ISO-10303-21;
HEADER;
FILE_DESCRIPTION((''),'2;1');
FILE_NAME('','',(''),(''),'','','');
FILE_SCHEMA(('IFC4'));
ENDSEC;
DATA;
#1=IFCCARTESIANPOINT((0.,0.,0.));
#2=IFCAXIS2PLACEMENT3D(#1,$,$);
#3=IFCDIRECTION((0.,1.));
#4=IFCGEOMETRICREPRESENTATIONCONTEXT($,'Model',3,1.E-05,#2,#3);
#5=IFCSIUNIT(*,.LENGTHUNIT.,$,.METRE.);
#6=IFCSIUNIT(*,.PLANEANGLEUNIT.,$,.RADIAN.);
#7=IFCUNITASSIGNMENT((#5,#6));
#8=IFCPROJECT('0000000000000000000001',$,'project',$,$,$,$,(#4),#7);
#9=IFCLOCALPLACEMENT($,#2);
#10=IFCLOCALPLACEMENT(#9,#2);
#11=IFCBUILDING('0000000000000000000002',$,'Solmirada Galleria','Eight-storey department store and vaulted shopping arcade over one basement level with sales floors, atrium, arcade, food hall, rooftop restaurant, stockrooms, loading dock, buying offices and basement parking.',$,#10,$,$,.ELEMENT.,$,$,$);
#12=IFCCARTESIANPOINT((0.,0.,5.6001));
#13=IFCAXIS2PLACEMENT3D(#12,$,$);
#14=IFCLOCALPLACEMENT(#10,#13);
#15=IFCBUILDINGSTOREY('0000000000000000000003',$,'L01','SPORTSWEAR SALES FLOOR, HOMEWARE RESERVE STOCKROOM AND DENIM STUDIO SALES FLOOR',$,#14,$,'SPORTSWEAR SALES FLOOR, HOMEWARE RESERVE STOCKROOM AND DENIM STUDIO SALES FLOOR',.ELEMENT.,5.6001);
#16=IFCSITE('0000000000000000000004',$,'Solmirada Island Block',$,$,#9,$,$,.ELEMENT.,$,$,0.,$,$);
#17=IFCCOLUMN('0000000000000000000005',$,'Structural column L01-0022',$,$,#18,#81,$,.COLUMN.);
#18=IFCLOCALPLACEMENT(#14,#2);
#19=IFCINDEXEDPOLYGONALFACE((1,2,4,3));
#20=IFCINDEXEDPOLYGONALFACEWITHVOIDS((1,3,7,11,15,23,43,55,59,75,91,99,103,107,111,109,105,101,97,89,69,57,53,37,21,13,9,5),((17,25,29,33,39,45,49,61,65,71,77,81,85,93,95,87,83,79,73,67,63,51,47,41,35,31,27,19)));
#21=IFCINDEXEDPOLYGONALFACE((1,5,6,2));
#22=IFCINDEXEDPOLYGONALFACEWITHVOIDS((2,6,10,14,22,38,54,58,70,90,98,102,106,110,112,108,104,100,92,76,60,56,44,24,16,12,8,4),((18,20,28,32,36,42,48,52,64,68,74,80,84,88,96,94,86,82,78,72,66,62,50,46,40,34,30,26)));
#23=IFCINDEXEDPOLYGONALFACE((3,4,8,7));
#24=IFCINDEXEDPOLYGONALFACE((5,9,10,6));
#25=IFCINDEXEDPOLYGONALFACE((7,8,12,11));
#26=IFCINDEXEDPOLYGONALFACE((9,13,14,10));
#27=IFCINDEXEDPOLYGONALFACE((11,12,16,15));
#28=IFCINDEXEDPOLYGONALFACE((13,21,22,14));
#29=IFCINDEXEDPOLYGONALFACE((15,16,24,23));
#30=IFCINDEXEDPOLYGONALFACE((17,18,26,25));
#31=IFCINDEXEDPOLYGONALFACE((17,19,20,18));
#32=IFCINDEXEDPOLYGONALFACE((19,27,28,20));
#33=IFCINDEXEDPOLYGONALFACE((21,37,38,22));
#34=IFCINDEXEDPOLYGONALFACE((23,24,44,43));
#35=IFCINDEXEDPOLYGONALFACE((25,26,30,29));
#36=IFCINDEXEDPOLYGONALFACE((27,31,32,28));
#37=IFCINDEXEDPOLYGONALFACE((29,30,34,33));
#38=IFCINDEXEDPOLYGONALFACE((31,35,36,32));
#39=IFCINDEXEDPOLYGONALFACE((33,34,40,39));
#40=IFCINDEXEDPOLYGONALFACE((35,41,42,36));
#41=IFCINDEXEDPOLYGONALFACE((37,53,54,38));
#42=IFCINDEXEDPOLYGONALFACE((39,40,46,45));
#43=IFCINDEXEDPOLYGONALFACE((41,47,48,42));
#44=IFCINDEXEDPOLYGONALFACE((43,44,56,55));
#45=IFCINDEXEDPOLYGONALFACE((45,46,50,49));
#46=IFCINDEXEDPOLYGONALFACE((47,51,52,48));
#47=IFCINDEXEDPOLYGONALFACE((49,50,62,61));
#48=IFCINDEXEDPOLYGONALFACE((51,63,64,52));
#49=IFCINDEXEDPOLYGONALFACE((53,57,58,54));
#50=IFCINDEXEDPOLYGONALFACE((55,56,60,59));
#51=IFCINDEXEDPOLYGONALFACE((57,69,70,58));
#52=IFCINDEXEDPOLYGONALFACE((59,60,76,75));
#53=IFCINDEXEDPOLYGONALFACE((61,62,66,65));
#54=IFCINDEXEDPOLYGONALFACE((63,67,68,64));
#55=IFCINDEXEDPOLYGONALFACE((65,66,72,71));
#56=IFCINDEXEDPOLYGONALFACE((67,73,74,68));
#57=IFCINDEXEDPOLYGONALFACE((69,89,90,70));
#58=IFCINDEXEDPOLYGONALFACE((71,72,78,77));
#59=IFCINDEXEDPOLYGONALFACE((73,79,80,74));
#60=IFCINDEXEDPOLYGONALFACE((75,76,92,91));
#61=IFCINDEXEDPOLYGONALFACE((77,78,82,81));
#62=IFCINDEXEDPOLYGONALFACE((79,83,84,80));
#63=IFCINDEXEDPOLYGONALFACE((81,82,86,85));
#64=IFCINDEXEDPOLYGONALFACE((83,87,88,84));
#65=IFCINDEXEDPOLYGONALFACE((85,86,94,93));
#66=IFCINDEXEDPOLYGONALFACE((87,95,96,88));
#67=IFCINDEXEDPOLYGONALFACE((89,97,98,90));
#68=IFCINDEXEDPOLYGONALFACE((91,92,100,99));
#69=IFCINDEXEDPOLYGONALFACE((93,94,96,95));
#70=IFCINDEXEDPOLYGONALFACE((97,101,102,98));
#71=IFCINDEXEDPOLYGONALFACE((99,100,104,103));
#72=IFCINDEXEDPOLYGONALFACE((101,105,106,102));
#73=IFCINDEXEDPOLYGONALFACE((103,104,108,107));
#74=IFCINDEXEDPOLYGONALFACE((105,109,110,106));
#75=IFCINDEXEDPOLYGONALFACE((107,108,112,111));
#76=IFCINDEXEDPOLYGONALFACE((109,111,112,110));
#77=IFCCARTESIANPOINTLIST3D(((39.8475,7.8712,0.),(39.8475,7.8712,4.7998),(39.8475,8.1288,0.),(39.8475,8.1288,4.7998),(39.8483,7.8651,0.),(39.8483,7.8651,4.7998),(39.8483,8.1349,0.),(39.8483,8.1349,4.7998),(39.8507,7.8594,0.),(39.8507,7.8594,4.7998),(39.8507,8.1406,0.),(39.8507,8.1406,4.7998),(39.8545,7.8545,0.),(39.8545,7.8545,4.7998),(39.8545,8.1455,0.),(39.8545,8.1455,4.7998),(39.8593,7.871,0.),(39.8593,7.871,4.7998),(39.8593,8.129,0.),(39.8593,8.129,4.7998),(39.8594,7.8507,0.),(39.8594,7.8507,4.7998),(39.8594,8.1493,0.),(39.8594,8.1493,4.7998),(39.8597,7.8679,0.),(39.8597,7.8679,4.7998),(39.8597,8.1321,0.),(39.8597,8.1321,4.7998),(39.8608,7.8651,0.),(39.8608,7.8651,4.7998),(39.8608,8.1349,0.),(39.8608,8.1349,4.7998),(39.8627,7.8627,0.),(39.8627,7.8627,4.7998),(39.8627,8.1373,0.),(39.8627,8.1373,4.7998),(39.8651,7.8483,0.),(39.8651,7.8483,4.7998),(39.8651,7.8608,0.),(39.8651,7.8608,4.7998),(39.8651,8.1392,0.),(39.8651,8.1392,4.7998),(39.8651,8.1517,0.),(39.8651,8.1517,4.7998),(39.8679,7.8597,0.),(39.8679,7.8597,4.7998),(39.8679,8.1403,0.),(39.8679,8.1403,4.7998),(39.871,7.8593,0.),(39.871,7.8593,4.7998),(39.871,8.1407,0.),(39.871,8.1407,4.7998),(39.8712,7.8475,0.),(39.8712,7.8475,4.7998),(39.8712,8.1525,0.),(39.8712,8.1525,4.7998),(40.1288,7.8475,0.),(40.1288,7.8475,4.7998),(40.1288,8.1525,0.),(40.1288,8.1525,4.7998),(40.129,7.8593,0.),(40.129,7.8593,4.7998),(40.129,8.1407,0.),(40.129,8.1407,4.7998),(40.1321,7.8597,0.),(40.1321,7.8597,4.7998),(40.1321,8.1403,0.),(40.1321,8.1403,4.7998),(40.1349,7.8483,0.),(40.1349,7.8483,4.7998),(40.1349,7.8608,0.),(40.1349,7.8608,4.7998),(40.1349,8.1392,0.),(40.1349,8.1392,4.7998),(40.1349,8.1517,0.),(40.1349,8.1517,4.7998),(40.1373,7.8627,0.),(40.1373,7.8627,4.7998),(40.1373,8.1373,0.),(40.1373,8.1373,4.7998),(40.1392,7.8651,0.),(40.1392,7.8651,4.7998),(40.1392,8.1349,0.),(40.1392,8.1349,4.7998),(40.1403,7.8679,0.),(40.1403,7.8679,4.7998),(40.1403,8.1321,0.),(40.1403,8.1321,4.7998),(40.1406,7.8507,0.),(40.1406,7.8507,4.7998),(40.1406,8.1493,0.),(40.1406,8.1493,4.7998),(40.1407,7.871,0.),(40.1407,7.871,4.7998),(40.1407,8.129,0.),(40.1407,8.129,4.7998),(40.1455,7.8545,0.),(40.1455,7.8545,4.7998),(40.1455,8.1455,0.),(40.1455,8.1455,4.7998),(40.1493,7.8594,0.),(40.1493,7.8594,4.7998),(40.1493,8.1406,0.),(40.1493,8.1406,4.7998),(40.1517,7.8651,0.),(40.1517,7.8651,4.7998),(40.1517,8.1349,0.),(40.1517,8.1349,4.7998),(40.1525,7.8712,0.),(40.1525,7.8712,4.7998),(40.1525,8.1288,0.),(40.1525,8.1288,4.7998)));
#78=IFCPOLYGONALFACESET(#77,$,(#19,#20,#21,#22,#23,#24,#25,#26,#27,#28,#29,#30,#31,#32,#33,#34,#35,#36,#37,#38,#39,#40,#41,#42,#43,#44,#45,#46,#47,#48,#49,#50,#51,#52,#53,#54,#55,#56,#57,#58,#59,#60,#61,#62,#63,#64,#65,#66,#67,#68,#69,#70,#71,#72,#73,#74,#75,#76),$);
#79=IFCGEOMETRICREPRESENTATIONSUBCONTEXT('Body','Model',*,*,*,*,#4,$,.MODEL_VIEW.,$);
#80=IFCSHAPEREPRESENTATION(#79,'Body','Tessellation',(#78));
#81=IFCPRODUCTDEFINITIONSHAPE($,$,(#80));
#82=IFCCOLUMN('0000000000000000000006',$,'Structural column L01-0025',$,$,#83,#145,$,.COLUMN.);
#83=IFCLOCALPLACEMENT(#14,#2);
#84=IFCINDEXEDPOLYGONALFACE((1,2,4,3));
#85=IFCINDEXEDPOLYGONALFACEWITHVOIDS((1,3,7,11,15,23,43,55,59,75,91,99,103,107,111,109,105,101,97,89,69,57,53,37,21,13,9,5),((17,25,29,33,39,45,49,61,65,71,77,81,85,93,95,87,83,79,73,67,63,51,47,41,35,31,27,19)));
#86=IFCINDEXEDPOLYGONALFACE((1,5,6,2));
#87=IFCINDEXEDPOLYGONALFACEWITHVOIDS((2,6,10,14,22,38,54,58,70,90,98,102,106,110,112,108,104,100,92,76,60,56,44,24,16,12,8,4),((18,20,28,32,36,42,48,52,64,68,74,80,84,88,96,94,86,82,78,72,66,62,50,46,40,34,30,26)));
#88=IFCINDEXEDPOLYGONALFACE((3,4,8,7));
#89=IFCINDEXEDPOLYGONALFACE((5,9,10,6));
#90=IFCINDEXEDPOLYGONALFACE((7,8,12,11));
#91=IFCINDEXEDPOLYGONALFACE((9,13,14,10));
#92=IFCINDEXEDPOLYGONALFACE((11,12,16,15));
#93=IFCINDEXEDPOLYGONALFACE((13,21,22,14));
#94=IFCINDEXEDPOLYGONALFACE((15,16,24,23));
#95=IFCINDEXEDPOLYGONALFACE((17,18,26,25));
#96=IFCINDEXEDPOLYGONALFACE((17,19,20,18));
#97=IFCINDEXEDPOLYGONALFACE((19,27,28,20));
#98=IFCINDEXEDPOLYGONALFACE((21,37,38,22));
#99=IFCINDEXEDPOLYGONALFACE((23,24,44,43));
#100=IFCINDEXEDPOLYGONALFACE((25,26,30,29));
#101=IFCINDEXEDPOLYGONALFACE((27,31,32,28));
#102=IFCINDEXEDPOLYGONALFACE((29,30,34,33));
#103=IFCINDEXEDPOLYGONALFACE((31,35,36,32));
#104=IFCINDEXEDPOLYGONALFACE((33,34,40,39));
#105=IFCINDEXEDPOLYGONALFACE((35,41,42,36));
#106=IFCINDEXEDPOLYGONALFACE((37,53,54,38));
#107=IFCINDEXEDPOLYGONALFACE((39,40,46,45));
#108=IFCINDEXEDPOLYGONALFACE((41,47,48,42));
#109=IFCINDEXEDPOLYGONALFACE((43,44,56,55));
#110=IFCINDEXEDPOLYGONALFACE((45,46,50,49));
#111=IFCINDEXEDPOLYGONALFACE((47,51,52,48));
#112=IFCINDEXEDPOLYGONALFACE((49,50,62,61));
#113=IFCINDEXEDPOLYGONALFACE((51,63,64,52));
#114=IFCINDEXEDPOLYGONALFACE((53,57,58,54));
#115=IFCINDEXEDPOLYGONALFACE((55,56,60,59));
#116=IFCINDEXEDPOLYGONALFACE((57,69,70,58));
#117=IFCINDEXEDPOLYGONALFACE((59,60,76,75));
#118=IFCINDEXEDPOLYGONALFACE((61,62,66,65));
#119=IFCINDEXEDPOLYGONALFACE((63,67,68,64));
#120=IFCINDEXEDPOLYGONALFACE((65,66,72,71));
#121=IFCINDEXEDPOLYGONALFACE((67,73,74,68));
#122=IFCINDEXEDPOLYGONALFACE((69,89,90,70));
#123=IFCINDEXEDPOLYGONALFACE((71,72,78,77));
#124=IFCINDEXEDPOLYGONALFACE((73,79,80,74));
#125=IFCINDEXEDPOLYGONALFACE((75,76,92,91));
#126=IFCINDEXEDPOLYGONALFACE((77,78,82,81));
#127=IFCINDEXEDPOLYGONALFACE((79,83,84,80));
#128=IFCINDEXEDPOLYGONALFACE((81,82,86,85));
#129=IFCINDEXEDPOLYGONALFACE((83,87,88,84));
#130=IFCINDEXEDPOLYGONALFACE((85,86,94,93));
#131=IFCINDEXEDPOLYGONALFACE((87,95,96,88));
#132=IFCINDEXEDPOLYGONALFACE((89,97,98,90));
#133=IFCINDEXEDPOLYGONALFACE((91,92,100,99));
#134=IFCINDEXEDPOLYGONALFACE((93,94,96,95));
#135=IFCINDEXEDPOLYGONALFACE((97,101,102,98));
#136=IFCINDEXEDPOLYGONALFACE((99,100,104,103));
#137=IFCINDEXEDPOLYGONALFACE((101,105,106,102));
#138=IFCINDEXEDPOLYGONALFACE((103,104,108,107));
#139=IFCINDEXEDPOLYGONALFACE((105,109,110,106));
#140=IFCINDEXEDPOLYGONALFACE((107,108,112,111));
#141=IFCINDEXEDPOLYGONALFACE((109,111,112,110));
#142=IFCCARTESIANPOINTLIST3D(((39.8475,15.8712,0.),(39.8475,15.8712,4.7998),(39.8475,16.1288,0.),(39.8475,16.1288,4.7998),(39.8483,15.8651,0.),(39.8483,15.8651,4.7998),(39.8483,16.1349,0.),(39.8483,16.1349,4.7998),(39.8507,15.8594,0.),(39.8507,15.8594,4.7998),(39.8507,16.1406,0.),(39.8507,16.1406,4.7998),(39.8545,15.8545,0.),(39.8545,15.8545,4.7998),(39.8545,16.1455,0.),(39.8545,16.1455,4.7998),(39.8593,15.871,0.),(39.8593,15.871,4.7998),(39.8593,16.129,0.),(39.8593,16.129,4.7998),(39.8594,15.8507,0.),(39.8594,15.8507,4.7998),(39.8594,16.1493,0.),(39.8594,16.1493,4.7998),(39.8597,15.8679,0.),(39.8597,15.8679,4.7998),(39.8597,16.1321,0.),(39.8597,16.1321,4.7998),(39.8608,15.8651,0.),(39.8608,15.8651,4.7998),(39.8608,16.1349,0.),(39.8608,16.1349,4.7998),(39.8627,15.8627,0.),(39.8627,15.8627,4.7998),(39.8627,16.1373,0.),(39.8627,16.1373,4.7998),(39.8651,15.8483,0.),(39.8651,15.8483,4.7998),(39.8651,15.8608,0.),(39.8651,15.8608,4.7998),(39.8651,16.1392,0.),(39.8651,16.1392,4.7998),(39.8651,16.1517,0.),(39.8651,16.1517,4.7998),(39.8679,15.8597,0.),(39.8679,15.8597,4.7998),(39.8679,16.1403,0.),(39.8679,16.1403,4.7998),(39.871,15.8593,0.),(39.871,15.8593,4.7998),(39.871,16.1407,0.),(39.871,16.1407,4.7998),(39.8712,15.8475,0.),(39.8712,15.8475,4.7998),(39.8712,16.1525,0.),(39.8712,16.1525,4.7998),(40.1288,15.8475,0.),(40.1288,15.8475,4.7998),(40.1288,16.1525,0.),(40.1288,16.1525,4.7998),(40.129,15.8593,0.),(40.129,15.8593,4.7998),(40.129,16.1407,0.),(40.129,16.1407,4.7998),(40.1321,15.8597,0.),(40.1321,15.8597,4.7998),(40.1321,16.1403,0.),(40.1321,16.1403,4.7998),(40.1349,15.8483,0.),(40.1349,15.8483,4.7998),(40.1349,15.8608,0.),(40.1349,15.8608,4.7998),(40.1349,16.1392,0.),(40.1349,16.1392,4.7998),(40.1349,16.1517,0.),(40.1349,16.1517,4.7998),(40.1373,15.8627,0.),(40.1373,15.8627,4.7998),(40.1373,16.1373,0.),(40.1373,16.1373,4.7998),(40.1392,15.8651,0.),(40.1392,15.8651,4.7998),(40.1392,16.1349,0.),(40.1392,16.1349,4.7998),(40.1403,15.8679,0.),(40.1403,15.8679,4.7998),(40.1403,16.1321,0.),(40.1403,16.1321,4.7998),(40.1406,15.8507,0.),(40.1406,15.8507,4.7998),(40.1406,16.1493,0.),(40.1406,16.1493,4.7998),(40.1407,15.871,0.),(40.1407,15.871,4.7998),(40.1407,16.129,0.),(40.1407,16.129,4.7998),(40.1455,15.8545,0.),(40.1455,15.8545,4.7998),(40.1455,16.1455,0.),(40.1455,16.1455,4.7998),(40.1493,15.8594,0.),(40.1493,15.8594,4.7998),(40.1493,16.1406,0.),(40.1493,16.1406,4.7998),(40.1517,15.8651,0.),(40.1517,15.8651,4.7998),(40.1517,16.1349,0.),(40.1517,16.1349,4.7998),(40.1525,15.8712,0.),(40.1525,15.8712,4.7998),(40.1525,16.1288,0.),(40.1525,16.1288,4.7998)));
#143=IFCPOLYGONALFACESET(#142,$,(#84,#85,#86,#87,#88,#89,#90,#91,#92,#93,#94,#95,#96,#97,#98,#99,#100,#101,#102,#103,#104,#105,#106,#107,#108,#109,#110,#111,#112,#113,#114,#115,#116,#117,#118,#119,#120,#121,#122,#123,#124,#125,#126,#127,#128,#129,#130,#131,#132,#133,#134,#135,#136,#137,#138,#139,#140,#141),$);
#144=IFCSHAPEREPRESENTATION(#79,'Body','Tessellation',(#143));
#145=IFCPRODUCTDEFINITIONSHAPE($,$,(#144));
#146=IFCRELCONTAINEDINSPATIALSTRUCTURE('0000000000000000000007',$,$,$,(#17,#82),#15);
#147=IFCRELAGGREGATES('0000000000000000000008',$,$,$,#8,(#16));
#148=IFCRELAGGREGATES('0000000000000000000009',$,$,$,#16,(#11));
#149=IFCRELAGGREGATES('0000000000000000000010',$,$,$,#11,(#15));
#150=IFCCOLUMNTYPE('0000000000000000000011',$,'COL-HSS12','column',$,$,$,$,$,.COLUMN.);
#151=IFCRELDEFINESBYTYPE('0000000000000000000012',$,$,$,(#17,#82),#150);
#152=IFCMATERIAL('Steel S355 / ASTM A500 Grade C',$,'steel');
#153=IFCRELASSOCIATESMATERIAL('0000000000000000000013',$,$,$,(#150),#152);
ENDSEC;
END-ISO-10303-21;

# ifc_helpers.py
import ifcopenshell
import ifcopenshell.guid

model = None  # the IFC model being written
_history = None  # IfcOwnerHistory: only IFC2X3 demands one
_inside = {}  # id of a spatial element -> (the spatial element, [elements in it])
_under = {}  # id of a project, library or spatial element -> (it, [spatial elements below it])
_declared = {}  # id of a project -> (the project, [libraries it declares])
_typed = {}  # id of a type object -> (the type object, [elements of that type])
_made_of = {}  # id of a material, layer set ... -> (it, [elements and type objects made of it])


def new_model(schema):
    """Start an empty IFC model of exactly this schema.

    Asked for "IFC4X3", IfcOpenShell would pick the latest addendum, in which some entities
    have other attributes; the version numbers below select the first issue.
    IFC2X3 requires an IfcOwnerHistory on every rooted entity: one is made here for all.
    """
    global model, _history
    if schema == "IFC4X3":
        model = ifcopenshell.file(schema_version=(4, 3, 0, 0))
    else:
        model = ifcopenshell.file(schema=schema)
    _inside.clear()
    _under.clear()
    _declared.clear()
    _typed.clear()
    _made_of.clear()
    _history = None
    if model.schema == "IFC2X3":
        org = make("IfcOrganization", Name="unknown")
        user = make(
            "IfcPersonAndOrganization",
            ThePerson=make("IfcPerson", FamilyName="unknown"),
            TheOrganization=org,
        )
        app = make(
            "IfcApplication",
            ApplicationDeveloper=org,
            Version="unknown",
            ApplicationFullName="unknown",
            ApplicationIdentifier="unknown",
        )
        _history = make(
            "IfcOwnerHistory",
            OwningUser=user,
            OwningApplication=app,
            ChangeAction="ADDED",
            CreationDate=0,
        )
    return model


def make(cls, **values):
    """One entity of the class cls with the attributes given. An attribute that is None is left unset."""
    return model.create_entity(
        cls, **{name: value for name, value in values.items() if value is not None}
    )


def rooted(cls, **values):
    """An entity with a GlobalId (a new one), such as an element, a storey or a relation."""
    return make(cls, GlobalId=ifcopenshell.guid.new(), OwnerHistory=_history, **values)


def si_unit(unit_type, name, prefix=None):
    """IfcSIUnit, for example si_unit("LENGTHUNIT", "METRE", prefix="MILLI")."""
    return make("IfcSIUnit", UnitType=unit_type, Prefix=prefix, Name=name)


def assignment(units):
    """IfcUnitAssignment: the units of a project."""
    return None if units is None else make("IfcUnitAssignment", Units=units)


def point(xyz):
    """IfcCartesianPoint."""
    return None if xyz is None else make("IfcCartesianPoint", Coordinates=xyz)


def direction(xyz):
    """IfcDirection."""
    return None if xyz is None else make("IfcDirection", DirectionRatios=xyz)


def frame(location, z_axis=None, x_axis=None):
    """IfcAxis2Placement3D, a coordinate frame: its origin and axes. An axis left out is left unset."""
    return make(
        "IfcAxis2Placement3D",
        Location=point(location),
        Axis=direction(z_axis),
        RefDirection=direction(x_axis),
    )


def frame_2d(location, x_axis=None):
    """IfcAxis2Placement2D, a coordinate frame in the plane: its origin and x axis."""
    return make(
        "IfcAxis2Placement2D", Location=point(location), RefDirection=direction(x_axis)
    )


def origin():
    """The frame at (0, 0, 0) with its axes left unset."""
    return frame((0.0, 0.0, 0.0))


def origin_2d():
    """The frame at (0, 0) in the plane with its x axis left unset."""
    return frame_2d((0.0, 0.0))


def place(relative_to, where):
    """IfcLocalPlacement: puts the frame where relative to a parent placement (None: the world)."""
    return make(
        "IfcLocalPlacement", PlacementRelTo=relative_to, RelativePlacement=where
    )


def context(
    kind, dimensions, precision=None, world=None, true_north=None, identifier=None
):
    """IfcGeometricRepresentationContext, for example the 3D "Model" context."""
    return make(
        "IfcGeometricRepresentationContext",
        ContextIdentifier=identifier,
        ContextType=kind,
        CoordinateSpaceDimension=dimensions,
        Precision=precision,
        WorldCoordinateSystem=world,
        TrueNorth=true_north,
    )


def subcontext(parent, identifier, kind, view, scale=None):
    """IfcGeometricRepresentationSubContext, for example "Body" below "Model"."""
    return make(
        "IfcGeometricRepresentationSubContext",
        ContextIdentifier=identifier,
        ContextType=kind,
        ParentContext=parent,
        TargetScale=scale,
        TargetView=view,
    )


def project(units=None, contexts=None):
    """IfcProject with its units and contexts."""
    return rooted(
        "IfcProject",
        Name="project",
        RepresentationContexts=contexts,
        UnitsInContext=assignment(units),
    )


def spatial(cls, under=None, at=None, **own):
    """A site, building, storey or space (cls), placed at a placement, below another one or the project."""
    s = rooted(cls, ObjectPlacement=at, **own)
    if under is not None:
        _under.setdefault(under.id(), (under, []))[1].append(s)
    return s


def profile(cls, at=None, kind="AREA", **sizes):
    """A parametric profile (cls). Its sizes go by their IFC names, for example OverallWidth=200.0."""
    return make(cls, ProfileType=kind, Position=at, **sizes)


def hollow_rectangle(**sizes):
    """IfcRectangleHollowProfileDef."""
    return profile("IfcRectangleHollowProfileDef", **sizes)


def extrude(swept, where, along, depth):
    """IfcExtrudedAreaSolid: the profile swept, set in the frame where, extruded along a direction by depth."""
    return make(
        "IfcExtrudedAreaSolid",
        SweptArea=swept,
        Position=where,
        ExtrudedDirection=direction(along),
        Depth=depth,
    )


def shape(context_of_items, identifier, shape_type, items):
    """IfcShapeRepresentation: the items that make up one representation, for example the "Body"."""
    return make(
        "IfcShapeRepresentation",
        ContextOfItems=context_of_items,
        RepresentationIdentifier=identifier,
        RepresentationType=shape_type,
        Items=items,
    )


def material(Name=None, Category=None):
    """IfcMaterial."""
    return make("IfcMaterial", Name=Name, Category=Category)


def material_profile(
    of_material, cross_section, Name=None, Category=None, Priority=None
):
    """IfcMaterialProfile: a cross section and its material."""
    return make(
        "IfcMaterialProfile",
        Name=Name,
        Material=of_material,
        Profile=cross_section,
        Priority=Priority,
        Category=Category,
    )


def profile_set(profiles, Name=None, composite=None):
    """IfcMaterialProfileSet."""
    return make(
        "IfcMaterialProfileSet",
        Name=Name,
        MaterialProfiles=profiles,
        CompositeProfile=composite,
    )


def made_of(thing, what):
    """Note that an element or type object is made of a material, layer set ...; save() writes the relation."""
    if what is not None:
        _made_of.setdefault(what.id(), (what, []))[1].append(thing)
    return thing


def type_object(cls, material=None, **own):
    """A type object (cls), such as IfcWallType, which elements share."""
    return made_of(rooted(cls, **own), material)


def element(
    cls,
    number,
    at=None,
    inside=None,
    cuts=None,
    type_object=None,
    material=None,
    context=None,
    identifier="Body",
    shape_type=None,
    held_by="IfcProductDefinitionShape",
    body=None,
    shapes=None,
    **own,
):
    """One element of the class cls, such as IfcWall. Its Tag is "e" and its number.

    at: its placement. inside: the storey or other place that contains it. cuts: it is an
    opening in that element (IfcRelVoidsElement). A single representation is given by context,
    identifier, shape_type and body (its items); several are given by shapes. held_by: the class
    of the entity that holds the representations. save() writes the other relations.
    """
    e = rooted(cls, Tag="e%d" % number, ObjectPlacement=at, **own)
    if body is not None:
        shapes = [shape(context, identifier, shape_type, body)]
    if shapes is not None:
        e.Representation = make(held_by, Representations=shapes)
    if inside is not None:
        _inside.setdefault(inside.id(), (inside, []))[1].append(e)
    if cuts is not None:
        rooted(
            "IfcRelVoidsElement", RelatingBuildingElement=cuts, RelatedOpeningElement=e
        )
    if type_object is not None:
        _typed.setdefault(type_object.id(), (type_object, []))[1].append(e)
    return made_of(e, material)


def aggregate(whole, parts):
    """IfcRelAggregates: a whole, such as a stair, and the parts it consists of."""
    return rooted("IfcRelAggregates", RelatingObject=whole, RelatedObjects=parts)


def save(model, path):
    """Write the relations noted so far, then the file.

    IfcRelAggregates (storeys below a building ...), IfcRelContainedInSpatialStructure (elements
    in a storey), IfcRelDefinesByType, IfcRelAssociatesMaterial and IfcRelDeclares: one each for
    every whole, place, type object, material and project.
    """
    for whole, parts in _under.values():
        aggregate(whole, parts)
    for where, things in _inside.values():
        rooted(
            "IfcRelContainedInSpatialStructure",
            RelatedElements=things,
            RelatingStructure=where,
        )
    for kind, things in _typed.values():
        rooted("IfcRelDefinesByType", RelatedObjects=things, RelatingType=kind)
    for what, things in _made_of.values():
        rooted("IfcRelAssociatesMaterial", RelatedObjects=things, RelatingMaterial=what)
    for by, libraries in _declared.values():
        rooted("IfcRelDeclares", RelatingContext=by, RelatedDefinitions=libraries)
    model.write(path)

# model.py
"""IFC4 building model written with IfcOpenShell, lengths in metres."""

from ifc_helpers import new_model, si_unit, direction, frame, origin, origin_2d, place, context, subcontext, project, spatial, hollow_rectangle, extrude, material, material_profile, profile_set, type_object, element, save


model = new_model("IFC4")

# Units and contexts
model_context = context("Model", 3, precision=1e-05, world=origin(), true_north=direction((0.0, 1.0)))
body_context = subcontext(model_context, "Body", "Model", "MODEL_VIEW")
ifc_project = project(units=[si_unit("LENGTHUNIT", "METRE"), si_unit("PLANEANGLEUNIT", "RADIAN")], contexts=[model_context])

# Site, building, storey
site_placement = place(None, origin())
site = spatial("IfcSite", under=ifc_project, at=site_placement, Name="Solmirada Island Block", CompositionType="ELEMENT", RefElevation=0.0)
building_placement = place(site_placement, origin())
building = spatial("IfcBuilding", under=site, at=building_placement, Name="Solmirada Galleria", Description="Eight-storey department store and vaulted shopping arcade over one basement level with sales floors, atrium, arcade, food hall, rooftop restaurant, stockrooms, loading dock, buying offices and basement parking.", CompositionType="ELEMENT")
storey_placement = place(building_placement, frame((0.0, 0.0, 5.6001)))
storey = spatial("IfcBuildingStorey", under=building, at=storey_placement, Name="L01", Description="SPORTSWEAR SALES FLOOR, HOMEWARE RESERVE STOCKROOM AND DENIM STUDIO SALES FLOOR", LongName="SPORTSWEAR SALES FLOOR, HOMEWARE RESERVE STOCKROOM AND DENIM STUDIO SALES FLOOR", CompositionType="ELEMENT", Elevation=5.6001)

# Columns
ifc_material_1 = material(Name="Steel S355 / ASTM A500 Grade C", Category="steel")
ifc_material_profile_1 = material_profile(ifc_material_1, hollow_rectangle(XDim=0.3049, YDim=0.3049, WallThickness=0.0117, InnerFilletRadius=0.0117, OuterFilletRadius=0.0237, at=origin_2d()), Name="HSS12X12X1/2")
ifc_profile_set_1 = profile_set([ifc_material_profile_1], Name="Steel S355 / ASTM A500 Grade C")
column_type = type_object("IfcColumnType", Name="COL-HSS12", Description="column", PredefinedType="COLUMN", material=ifc_profile_set_1)
for number, where, z_axis, x_axis, name in (
    (1, (40.0, 8.0, 0.0), (0.0, 0.0, 1.0), (1.0, 0.0, 0.0), "Structural column L01-0022"),
    (2, (40.0, 16.0, 0.0), (0.0, 0.0, 1.0), (1.0, 0.0, 0.0), "Structural column L01-0025"),
):
    element("IfcColumn", number, at=place(storey_placement, frame(where, z_axis=z_axis, x_axis=x_axis)), inside=storey, type_object=column_type, Name=name, PredefinedType="COLUMN", context=body_context, shape_type="SweptSolid", body=[
        extrude(hollow_rectangle(XDim=0.3049, YDim=0.3049, WallThickness=0.0117, InnerFilletRadius=0.0117, OuterFilletRadius=0.0237, at=origin_2d()), origin(), (0.0, 0.0, 1.0), 4.7998),
    ])

save(model, "model.ifc")
